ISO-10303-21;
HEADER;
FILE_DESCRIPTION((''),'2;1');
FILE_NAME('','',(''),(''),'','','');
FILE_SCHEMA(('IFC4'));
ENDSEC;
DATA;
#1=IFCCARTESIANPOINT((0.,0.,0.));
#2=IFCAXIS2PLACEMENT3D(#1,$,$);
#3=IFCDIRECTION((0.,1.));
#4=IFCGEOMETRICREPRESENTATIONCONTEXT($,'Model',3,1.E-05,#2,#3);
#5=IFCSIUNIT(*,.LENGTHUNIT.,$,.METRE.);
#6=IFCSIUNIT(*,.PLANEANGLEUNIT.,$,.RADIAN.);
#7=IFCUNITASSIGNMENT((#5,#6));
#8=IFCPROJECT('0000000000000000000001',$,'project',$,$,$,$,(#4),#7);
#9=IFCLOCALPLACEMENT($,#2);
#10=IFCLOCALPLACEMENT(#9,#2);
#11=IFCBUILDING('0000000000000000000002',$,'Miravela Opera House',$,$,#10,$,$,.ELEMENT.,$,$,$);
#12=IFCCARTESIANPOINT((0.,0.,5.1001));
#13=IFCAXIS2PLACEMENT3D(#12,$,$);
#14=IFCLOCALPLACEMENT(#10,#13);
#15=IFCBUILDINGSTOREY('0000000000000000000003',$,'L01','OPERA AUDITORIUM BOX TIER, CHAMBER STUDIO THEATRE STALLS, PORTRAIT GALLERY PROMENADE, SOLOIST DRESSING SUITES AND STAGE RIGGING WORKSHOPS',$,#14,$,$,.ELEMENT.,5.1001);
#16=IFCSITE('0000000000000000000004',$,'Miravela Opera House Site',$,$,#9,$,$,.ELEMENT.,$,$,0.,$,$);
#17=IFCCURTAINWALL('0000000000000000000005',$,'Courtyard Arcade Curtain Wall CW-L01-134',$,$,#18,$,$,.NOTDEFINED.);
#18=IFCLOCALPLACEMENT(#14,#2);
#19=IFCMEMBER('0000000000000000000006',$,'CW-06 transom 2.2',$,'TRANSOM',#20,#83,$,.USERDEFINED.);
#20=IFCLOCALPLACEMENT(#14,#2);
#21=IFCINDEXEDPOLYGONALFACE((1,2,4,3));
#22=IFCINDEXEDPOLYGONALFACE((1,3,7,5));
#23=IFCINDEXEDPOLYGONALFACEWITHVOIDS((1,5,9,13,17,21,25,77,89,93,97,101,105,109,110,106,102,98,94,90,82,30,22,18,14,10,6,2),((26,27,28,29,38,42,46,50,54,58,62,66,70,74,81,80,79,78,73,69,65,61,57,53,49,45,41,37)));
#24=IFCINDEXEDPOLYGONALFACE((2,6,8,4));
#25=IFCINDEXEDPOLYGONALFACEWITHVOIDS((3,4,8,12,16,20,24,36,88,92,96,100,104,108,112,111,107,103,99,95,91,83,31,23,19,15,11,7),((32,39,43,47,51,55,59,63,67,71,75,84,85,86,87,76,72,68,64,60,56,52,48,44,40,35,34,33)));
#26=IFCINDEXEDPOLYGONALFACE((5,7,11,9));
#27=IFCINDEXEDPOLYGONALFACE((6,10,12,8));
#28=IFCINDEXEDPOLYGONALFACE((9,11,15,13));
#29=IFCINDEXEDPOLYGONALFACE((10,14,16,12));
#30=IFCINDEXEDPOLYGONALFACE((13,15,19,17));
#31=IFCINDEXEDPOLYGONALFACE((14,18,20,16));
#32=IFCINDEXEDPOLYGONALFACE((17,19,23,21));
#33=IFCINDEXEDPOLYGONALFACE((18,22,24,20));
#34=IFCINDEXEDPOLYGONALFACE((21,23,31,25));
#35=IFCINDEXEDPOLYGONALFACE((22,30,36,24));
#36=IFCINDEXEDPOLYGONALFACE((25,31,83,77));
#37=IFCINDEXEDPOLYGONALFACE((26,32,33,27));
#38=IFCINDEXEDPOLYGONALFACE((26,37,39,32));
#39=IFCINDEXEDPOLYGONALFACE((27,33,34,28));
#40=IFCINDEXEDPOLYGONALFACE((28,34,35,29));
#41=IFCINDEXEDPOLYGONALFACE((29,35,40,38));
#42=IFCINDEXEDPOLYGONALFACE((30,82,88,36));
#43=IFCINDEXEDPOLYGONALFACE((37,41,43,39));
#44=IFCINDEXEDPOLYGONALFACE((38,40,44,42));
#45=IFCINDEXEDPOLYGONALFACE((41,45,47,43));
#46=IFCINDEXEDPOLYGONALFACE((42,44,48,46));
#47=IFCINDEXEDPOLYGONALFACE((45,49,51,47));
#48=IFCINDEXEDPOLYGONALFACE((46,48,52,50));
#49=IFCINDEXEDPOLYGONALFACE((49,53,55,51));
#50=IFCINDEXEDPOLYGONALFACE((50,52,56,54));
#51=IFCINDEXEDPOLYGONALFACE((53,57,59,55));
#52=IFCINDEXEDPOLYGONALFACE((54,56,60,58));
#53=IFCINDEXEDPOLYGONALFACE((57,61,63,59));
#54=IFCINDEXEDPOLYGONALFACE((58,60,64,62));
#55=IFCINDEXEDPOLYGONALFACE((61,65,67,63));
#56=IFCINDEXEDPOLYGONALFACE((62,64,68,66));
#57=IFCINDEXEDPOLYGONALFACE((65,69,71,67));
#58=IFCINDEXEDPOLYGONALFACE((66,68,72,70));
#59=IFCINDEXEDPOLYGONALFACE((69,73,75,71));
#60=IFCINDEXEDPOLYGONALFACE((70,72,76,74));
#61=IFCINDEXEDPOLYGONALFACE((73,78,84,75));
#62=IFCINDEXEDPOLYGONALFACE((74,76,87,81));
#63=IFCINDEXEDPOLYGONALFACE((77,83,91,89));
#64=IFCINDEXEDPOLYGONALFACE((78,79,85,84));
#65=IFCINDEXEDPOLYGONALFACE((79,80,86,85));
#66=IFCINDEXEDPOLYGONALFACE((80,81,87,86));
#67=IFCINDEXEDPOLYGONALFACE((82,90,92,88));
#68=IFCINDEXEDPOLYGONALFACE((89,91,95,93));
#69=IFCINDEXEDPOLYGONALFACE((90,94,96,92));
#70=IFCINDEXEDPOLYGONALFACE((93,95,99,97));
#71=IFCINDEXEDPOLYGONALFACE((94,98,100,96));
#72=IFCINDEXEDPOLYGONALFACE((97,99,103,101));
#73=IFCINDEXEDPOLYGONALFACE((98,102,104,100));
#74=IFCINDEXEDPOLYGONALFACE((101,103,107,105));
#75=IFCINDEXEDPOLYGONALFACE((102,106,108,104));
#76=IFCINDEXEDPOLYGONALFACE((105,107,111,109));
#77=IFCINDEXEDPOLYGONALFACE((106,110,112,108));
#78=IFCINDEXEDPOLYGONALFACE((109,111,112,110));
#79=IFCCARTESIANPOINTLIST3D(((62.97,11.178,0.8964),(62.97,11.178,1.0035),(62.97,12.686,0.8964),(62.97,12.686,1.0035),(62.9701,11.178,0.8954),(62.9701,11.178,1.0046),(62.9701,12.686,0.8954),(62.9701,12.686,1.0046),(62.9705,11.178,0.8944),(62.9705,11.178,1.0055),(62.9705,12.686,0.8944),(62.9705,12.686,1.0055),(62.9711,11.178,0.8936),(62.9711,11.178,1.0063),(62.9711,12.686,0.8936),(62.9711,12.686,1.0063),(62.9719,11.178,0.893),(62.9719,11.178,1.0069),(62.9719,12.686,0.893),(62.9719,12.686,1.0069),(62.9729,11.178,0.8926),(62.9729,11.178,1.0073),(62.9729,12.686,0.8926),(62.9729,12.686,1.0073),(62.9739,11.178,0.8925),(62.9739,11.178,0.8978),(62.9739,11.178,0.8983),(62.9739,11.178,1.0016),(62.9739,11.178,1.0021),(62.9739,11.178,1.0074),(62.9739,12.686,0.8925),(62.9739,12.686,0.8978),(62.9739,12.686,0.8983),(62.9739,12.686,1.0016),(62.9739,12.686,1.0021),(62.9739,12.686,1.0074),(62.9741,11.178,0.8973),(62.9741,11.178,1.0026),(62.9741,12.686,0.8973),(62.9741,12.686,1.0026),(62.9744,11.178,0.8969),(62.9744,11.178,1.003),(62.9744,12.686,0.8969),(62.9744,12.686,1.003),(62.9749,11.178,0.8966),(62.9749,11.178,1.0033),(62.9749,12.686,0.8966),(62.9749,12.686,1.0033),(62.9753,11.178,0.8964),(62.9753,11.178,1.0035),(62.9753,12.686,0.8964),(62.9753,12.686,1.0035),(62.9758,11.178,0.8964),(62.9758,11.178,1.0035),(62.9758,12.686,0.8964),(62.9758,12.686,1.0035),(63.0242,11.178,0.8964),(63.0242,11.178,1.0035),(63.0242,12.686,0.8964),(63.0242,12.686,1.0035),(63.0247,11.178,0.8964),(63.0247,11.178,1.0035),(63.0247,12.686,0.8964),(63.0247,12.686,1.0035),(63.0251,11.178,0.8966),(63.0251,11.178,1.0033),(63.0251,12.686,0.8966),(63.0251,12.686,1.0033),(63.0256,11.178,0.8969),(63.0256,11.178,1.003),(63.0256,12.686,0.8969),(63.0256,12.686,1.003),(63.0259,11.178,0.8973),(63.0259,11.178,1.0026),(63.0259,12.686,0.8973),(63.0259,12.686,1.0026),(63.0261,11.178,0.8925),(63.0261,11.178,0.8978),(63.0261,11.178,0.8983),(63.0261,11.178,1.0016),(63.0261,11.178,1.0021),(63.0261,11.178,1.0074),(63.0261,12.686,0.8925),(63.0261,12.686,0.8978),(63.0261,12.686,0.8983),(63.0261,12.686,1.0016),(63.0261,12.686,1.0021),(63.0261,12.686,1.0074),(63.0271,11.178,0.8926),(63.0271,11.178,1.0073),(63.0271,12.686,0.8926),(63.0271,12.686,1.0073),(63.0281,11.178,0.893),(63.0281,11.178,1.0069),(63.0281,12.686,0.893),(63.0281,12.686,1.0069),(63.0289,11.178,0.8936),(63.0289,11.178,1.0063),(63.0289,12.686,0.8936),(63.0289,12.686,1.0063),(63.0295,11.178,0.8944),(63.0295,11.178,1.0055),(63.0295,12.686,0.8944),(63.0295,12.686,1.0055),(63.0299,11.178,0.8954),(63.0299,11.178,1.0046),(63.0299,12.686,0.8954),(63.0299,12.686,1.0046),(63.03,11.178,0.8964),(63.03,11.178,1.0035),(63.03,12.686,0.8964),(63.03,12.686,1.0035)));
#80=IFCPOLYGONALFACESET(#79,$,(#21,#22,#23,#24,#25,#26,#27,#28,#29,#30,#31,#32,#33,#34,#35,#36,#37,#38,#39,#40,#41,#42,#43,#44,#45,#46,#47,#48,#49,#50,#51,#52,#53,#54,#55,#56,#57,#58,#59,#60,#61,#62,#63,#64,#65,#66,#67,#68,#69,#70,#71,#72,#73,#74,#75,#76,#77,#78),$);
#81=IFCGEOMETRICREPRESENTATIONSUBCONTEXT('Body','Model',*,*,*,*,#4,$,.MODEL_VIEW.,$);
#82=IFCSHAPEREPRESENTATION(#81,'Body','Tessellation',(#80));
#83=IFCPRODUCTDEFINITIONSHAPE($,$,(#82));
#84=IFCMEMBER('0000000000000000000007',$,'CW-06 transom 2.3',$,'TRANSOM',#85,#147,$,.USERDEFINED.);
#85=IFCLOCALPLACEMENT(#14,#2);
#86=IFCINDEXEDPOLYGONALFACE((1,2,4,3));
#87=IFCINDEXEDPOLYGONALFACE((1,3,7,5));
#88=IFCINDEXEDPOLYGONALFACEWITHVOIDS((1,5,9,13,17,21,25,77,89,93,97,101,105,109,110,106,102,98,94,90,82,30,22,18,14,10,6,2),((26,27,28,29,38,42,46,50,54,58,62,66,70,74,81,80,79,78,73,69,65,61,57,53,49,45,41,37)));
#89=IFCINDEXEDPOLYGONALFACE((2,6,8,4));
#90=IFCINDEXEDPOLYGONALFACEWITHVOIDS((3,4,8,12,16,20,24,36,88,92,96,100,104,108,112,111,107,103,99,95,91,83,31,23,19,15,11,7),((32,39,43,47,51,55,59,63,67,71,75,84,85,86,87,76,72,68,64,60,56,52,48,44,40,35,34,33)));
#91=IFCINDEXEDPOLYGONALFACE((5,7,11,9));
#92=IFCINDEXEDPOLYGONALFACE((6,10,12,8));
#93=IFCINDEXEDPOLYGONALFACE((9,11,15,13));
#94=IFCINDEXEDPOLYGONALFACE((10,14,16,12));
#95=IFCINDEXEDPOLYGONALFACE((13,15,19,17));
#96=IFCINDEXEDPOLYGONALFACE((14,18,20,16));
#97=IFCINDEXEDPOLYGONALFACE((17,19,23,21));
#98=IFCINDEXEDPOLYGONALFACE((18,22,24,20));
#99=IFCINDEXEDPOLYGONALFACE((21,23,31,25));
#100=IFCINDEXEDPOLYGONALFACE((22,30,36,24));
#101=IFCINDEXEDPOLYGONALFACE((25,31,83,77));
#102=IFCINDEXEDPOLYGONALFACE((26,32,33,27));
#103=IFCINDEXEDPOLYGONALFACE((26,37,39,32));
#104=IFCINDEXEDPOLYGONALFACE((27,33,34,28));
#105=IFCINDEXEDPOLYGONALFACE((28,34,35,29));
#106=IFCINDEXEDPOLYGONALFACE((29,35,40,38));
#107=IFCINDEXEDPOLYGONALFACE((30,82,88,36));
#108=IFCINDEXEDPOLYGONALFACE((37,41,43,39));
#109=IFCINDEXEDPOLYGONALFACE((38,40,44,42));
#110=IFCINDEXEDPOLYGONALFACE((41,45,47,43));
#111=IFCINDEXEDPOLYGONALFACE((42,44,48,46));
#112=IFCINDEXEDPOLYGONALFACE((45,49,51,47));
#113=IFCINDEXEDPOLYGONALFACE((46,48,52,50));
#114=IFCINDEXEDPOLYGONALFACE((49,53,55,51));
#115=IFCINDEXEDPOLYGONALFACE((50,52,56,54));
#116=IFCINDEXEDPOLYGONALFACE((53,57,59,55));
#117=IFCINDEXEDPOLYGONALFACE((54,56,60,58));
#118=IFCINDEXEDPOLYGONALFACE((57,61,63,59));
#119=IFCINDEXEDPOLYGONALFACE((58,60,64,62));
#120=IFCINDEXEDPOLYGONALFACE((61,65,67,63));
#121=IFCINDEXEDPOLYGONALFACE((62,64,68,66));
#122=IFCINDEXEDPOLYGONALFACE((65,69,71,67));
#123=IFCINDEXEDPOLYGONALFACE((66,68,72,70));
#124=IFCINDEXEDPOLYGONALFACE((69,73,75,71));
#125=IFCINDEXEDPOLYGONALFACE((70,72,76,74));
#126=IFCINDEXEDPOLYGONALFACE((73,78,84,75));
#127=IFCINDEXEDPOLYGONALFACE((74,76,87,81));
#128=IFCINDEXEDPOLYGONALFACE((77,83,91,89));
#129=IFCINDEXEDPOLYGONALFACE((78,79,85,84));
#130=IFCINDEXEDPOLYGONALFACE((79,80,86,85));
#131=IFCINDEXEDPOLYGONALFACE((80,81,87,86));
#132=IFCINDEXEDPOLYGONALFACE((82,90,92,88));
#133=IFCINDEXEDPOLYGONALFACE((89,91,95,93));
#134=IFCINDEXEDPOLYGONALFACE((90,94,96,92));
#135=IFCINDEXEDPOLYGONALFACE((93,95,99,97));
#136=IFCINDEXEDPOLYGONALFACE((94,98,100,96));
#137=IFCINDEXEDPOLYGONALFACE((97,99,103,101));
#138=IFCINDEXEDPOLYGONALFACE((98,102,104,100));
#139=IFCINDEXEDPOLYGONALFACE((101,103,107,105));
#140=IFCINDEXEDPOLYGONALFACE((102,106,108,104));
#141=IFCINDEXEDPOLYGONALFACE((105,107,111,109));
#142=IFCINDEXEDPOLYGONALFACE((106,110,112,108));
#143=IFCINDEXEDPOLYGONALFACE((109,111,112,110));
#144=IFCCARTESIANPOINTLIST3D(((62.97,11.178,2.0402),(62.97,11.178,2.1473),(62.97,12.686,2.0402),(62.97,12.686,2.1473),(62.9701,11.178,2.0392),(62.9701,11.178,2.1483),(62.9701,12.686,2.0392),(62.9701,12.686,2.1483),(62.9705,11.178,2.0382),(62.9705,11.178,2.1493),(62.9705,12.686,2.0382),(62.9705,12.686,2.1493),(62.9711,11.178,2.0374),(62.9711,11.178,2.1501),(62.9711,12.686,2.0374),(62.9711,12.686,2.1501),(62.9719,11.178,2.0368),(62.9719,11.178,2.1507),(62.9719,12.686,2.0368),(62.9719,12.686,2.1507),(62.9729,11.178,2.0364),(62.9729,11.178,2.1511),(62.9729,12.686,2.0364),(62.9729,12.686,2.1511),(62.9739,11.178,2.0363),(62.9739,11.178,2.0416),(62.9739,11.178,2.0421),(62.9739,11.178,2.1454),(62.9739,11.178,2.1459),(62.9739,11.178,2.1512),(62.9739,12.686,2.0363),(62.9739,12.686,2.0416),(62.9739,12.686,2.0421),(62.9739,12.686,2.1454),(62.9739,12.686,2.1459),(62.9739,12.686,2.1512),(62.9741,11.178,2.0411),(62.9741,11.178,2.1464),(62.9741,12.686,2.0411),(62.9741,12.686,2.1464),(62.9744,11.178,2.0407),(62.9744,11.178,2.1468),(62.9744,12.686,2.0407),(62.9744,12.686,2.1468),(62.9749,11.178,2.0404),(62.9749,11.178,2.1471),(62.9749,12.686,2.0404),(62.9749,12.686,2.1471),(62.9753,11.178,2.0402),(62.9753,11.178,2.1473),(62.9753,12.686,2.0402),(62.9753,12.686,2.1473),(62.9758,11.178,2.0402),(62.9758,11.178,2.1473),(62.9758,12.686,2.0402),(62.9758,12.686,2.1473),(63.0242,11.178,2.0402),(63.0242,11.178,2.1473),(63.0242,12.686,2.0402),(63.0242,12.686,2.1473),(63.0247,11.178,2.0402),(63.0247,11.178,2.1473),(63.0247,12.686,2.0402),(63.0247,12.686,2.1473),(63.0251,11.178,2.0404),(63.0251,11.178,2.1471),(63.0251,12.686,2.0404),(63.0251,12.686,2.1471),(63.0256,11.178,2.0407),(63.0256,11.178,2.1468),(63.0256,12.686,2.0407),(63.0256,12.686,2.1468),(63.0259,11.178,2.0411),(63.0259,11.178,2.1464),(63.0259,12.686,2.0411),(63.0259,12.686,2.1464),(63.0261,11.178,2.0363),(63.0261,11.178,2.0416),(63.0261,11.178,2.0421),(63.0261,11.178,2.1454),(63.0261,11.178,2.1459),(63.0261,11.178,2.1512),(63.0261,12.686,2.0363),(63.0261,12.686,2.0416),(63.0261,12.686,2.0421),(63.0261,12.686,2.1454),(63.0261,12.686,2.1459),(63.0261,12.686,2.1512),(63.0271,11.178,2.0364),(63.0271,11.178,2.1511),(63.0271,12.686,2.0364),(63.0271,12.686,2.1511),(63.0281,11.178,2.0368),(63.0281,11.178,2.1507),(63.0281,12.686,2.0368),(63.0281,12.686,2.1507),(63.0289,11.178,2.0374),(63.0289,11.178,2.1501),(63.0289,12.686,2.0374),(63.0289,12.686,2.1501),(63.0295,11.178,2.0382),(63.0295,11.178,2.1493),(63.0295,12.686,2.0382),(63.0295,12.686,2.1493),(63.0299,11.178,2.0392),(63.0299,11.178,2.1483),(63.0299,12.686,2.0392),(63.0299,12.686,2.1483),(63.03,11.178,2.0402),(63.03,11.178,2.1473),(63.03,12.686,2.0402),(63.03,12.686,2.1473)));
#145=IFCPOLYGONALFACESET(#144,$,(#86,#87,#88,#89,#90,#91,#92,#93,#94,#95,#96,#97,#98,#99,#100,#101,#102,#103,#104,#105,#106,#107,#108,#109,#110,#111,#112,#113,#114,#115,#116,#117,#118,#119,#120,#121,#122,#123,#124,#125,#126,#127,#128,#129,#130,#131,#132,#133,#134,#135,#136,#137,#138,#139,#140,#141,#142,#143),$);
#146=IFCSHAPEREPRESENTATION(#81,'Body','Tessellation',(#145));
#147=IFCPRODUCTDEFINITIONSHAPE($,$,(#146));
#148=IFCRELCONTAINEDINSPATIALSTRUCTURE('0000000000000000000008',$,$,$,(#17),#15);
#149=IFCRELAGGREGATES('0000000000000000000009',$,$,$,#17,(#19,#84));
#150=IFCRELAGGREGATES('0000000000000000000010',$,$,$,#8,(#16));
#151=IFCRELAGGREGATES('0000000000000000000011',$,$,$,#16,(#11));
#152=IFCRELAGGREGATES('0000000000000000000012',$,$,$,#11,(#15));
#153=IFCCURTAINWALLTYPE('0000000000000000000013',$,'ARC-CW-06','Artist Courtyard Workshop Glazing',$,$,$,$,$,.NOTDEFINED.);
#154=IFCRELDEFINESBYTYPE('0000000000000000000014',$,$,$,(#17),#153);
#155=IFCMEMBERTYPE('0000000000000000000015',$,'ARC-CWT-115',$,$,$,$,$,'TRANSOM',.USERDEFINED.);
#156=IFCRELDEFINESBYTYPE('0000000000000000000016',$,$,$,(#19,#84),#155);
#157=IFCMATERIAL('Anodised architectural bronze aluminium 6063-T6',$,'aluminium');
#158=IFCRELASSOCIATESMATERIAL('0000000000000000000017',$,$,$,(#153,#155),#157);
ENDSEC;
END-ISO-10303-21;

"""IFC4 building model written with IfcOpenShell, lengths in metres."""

from ifc_helpers import new_model, si_unit, direction, frame, origin, origin_2d, place, context, subcontext, project, spatial, hollow_rectangle, extrude, material, material_profile, profile_set, type_object, element, aggregate, save


model = new_model("IFC4")

# Units and contexts
model_context = context("Model", 3, precision=1e-05, world=origin(), true_north=direction((0.0, 1.0)))
body_context = subcontext(model_context, "Body", "Model", "MODEL_VIEW")
ifc_project = project(units=[si_unit("LENGTHUNIT", "METRE"), si_unit("PLANEANGLEUNIT", "RADIAN")], contexts=[model_context])

# Site, building, storey
site_placement = place(None, origin())
site = spatial("IfcSite", under=ifc_project, at=site_placement, Name="Miravela Opera House Site", CompositionType="ELEMENT", RefElevation=0.0)
building_placement = place(site_placement, origin())
building = spatial("IfcBuilding", under=site, at=building_placement, Name="Miravela Opera House", CompositionType="ELEMENT")
storey_placement = place(building_placement, frame((0.0, 0.0, 5.1001)))
storey = spatial("IfcBuildingStorey", under=building, at=storey_placement, Name="L01", Description="OPERA AUDITORIUM BOX TIER, CHAMBER STUDIO THEATRE STALLS, PORTRAIT GALLERY PROMENADE, SOLOIST DRESSING SUITES AND STAGE RIGGING WORKSHOPS", CompositionType="ELEMENT", Elevation=5.1001)

# Curtain wall, members
ifc_material_1 = material(Name="Anodised architectural bronze aluminium 6063-T6", Category="aluminium")
curtain_wall_type = type_object("IfcCurtainWallType", Name="ARC-CW-06", Description="Artist Courtyard Workshop Glazing", PredefinedType="NOTDEFINED", material=ifc_material_1)
curtain_wall_placement = place(storey_placement, origin())
curtain_wall = element("IfcCurtainWall", 1, at=curtain_wall_placement, inside=storey, type_object=curtain_wall_type, Name="Courtyard Arcade Curtain Wall CW-L01-134", PredefinedType="NOTDEFINED")
ifc_material_profile_1 = material_profile(ifc_material_1, hollow_rectangle(XDim=0.0601, YDim=0.115, WallThickness=0.0039, InnerFilletRadius=0.002, OuterFilletRadius=0.0039, at=origin_2d()), Name="CWT-60X115")
ifc_profile_set_1 = profile_set([ifc_material_profile_1])
member_type_1 = type_object("IfcMemberType", Name="ARC-CWT-115", ElementType="TRANSOM", PredefinedType="USERDEFINED", material=ifc_profile_set_1)
member_1_placement = place(storey_placement, frame((63.0, 11.178, 0.95), z_axis=(0.0, 1.0, 0.0), x_axis=(-1.0, 0.0, 0.0)))
member_1 = element("IfcMember", 2, at=member_1_placement, type_object=member_type_1, Name="CW-06 transom 2.2", ObjectType="TRANSOM", PredefinedType="USERDEFINED", context=body_context, shape_type="SweptSolid", body=[
    extrude(hollow_rectangle(XDim=0.0601, YDim=0.115, WallThickness=0.0039, InnerFilletRadius=0.002, OuterFilletRadius=0.0039, at=origin_2d()), origin(), (0.0, 0.0, 1.0), 1.5081),
])
member_2_placement = place(storey_placement, frame((63.0, 11.178, 2.0938), z_axis=(0.0, 1.0, 0.0), x_axis=(-1.0, 0.0, 0.0)))
member_2 = element("IfcMember", 3, at=member_2_placement, type_object=member_type_1, Name="CW-06 transom 2.3", ObjectType="TRANSOM", PredefinedType="USERDEFINED", context=body_context, shape_type="SweptSolid", body=[
    extrude(hollow_rectangle(XDim=0.0601, YDim=0.115, WallThickness=0.0039, InnerFilletRadius=0.002, OuterFilletRadius=0.0039, at=origin_2d()), origin(), (0.0, 0.0, 1.0), 1.5081),
])

aggregate(curtain_wall, [member_1, member_2])

save(model, "model.ifc")
